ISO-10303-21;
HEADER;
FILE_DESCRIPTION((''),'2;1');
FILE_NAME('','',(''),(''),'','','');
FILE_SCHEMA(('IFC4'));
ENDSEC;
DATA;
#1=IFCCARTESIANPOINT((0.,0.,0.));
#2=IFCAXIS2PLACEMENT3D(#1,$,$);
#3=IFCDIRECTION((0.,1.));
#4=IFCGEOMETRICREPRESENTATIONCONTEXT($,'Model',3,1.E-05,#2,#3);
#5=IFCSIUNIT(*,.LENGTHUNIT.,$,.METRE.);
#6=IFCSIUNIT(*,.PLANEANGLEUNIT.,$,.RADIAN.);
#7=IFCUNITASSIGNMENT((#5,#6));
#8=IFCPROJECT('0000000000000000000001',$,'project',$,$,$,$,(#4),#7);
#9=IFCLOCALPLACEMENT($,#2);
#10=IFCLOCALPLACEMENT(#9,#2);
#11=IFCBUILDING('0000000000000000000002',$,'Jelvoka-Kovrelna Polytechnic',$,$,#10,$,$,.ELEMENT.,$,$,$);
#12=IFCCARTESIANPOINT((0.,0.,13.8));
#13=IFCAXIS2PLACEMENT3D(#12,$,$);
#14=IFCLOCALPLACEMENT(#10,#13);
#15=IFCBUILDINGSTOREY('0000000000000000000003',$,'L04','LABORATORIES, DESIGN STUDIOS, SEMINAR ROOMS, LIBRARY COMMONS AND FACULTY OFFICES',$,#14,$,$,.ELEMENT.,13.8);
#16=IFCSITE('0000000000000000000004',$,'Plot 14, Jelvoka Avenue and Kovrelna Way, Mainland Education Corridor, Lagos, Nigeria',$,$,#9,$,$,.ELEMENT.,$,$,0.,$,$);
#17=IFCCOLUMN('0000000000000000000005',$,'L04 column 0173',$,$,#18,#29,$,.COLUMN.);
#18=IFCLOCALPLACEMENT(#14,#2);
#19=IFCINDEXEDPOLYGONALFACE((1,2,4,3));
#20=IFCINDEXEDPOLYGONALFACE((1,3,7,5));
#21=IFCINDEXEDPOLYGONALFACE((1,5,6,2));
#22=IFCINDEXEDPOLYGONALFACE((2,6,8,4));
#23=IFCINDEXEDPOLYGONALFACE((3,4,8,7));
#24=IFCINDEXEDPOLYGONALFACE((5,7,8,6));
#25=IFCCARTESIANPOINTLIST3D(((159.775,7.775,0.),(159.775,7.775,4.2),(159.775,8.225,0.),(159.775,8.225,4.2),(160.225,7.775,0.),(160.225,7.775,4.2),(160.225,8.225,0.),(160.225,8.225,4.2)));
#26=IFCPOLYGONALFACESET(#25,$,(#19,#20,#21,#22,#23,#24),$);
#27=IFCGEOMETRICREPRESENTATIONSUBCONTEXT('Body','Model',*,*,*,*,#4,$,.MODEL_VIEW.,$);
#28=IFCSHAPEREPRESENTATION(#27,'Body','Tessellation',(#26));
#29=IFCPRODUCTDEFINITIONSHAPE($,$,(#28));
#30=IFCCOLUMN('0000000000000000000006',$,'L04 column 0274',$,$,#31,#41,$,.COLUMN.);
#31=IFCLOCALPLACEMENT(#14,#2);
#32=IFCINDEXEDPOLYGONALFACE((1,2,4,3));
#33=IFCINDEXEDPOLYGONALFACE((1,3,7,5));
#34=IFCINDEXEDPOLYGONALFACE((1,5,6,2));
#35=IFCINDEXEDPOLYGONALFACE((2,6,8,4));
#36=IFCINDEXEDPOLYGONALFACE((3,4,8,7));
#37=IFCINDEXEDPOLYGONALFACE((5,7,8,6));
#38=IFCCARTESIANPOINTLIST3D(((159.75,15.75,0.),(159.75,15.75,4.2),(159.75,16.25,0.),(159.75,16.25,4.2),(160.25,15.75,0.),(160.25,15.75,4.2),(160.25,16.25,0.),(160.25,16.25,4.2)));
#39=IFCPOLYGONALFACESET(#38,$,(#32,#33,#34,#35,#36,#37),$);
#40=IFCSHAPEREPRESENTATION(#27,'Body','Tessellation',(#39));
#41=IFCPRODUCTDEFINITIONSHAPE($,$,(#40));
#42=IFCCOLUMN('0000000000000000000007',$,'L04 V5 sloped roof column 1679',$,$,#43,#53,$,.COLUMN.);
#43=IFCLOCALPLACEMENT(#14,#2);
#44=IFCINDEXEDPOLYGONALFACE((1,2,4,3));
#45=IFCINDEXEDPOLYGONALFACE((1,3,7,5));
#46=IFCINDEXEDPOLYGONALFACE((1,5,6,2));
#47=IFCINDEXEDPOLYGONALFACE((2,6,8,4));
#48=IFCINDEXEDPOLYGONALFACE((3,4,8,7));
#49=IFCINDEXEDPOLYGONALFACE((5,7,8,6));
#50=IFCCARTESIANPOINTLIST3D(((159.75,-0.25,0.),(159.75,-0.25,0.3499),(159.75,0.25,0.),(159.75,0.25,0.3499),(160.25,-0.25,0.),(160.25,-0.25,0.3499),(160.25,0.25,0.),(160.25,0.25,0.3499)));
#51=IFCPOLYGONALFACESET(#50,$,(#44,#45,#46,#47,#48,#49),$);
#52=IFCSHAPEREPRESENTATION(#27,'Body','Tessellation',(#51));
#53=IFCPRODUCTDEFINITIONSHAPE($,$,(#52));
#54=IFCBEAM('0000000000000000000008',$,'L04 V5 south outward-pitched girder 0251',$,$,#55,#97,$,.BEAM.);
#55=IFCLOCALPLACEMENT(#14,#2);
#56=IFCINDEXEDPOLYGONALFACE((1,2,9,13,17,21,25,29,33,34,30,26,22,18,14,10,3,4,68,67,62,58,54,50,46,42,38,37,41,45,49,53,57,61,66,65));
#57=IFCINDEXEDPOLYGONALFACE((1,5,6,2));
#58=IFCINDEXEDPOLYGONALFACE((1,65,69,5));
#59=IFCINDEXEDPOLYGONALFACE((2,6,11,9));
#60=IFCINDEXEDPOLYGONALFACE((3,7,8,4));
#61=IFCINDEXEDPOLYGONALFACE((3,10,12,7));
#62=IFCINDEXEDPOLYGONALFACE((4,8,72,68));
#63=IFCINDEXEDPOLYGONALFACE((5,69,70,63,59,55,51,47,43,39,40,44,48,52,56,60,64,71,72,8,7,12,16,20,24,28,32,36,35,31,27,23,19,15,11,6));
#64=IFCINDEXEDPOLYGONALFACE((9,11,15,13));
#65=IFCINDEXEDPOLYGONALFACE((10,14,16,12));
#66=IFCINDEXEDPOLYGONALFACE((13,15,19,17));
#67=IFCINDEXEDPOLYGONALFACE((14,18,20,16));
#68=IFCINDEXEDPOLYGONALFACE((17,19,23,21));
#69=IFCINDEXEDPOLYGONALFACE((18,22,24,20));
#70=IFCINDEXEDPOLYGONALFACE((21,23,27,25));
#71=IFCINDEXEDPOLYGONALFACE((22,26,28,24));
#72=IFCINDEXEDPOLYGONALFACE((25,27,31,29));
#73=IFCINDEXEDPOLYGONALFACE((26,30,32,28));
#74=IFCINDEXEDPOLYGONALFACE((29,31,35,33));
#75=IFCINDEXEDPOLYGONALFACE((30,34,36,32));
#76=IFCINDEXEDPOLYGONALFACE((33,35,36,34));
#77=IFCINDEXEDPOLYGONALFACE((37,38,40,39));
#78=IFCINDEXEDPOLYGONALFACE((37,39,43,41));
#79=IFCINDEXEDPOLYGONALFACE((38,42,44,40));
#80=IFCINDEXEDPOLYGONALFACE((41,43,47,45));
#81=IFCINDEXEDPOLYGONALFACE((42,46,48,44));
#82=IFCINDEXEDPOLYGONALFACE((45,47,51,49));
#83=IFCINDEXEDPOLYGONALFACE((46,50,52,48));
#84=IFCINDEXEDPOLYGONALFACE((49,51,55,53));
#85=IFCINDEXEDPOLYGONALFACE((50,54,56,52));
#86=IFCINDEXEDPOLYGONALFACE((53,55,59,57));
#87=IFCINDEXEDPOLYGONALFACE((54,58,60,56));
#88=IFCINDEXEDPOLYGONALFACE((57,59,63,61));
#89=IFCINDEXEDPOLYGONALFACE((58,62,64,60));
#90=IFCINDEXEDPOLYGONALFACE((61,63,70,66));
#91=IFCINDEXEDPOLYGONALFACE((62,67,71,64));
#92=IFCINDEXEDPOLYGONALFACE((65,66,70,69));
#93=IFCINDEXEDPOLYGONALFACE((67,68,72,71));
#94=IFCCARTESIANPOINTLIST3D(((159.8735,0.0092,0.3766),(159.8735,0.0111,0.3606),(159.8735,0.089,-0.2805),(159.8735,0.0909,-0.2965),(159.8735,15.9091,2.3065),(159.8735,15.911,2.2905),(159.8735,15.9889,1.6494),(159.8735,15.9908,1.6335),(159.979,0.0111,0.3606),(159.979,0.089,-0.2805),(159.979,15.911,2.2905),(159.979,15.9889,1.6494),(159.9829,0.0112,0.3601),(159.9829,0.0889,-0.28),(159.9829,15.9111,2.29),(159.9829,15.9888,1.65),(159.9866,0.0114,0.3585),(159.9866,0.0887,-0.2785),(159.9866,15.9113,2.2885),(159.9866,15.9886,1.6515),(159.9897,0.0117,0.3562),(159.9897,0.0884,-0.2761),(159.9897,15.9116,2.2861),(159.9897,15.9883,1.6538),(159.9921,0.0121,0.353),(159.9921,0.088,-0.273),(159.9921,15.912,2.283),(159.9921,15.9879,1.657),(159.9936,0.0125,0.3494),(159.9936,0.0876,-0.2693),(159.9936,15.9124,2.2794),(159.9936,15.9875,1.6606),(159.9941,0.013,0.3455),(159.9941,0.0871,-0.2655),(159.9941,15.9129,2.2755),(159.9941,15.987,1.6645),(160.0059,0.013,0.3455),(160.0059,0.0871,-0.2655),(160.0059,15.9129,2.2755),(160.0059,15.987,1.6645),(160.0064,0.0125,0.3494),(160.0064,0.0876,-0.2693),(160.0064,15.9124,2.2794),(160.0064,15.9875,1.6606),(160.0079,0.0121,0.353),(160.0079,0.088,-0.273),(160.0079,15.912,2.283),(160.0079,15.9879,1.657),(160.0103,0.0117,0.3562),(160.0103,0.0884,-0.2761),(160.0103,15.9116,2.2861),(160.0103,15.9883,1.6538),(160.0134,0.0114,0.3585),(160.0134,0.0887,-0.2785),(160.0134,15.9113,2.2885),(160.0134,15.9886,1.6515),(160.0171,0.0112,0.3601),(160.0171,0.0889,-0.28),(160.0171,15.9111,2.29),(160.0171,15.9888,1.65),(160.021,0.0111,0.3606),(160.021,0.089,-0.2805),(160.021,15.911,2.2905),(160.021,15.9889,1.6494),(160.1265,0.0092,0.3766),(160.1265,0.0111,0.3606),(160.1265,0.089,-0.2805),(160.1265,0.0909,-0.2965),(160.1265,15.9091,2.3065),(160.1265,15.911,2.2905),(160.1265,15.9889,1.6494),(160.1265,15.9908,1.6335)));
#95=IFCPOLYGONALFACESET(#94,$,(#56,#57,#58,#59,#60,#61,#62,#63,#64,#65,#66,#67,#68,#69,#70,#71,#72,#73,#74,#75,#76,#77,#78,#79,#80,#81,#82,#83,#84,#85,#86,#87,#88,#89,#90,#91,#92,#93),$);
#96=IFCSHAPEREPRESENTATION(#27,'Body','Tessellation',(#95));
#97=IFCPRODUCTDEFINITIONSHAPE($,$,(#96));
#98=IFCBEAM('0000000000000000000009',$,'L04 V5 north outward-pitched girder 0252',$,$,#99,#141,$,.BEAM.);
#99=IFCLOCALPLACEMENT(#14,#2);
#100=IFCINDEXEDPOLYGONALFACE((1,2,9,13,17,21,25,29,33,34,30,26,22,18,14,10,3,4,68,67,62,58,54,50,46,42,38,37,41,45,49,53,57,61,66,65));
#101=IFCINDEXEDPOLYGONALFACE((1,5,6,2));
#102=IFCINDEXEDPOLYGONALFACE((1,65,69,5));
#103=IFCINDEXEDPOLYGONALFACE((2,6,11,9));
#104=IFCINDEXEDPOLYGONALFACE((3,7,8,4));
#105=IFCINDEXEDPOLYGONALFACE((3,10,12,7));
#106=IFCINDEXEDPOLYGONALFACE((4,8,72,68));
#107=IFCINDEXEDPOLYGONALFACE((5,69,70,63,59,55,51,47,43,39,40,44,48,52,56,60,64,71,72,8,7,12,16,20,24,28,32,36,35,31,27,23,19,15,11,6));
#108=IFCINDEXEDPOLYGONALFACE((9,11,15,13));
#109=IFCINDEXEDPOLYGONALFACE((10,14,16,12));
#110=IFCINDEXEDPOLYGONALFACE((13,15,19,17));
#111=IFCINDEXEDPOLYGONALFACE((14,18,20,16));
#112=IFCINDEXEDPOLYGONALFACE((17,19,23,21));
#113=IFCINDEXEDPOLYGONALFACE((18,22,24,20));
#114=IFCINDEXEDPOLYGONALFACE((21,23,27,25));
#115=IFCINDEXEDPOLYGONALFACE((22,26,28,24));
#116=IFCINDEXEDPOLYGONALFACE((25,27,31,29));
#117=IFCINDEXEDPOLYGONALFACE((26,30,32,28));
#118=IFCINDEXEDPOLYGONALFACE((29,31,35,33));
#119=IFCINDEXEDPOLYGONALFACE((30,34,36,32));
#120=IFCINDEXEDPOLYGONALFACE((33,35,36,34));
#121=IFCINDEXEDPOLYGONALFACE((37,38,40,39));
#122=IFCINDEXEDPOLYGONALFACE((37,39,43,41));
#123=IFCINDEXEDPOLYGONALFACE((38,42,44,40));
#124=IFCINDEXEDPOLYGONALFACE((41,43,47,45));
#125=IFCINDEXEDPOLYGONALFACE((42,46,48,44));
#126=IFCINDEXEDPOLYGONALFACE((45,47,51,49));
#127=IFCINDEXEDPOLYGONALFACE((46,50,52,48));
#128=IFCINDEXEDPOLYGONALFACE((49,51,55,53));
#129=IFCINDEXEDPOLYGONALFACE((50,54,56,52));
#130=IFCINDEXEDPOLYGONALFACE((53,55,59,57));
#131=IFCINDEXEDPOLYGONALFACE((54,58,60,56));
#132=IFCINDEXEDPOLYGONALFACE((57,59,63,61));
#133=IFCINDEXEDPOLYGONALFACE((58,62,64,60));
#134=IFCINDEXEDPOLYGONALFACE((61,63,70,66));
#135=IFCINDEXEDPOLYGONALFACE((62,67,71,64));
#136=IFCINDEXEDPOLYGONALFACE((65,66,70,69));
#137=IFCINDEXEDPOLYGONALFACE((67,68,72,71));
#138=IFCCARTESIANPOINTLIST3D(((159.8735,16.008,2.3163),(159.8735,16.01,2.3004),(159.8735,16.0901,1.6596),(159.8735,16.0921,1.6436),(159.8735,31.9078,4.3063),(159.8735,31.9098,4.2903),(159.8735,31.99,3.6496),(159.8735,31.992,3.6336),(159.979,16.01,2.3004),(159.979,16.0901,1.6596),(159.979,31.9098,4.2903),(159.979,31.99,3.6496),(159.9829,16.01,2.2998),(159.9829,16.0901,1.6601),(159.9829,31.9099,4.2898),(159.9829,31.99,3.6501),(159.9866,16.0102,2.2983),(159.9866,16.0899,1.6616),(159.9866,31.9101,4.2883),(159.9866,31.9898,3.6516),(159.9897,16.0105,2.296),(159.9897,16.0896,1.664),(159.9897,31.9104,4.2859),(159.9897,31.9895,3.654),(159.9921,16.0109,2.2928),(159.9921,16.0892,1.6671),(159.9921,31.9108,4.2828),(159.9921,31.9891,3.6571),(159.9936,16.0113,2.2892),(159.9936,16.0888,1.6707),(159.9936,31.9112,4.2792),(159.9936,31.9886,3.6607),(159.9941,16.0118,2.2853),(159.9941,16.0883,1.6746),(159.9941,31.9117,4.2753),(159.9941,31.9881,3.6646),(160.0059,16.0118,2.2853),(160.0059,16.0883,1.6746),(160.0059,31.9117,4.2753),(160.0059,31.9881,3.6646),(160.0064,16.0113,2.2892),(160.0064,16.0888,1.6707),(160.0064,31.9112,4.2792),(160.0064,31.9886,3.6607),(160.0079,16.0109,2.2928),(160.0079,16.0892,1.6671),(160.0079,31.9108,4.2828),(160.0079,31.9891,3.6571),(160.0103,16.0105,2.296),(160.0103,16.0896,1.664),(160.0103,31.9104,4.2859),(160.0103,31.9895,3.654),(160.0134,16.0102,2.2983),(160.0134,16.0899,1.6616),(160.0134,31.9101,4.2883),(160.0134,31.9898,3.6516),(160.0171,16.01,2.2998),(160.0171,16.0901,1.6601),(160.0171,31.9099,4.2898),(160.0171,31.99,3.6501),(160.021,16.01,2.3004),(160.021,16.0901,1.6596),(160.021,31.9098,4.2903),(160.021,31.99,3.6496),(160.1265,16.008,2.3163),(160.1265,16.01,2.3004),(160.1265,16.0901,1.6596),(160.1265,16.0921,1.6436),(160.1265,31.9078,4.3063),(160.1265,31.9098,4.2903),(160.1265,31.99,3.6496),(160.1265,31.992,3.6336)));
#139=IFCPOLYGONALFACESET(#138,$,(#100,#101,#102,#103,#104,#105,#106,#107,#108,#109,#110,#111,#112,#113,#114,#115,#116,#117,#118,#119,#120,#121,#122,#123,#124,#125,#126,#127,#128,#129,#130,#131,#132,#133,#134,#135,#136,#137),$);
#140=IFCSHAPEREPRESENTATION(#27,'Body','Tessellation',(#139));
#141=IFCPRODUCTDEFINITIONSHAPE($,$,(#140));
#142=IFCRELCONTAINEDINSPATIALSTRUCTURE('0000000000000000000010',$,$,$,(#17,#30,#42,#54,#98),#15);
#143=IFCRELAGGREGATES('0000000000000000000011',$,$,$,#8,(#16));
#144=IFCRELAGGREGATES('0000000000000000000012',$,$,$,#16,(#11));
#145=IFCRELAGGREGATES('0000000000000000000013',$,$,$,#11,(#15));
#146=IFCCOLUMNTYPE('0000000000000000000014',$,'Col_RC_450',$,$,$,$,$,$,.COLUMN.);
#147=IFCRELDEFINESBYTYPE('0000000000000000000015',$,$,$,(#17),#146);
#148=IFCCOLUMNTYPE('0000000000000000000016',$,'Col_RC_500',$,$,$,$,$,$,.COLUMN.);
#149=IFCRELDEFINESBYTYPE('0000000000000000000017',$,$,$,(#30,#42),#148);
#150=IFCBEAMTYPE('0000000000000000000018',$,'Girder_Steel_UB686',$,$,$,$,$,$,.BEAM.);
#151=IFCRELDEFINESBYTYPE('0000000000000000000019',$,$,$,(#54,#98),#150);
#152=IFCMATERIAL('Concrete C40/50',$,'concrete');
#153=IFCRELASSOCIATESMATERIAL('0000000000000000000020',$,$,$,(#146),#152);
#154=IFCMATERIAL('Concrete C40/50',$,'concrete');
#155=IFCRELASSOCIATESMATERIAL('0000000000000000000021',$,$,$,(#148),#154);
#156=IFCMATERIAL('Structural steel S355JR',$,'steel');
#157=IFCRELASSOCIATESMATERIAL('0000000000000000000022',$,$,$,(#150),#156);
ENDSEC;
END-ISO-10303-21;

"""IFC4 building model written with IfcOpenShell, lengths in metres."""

from ifc_helpers import new_model, si_unit, direction, frame, origin, origin_2d, place, context, subcontext, project, spatial, rectangle, i_section, extrude, material, material_profile, profile_set, type_object, element, save


model = new_model("IFC4")

# Units and contexts
model_context = context("Model", 3, precision=1e-05, world=origin(), true_north=direction((0.0, 1.0)))
body_context = subcontext(model_context, "Body", "Model", "MODEL_VIEW")
ifc_project = project(units=[si_unit("LENGTHUNIT", "METRE"), si_unit("PLANEANGLEUNIT", "RADIAN")], contexts=[model_context])

# Site, building, storey
site_placement = place(None, origin())
site = spatial("IfcSite", under=ifc_project, at=site_placement, Name="Plot 14, Jelvoka Avenue and Kovrelna Way, Mainland Education Corridor, Lagos, Nigeria", CompositionType="ELEMENT", RefElevation=0.0)
building_placement = place(site_placement, origin())
building = spatial("IfcBuilding", under=site, at=building_placement, Name="Jelvoka-Kovrelna Polytechnic", CompositionType="ELEMENT")
storey_placement = place(building_placement, frame((0.0, 0.0, 13.8)))
storey = spatial("IfcBuildingStorey", under=building, at=storey_placement, Name="L04", Description="LABORATORIES, DESIGN STUDIOS, SEMINAR ROOMS, LIBRARY COMMONS AND FACULTY OFFICES", CompositionType="ELEMENT", Elevation=13.8)

# Columns
ifc_material_1 = material(Name="Concrete C40/50", Category="concrete")
ifc_material_profile_1 = material_profile(ifc_material_1, rectangle(XDim=0.45, YDim=0.45, at=origin_2d()), Name="RC 450x450")
ifc_profile_set_1 = profile_set([ifc_material_profile_1], Name="Concrete C40/50")
column_type_1 = type_object("IfcColumnType", Name="Col_RC_450", PredefinedType="COLUMN", material=ifc_profile_set_1)
column_1_placement = place(storey_placement, frame((160.0, 8.0, 0.0), z_axis=(0.0, 0.0, 1.0), x_axis=(1.0, 0.0, 0.0)))
element("IfcColumn", 1, at=column_1_placement, inside=storey, type_object=column_type_1, Name="L04 column 0173", PredefinedType="COLUMN", context=body_context, shape_type="SweptSolid", body=[
    extrude(rectangle(XDim=0.45, YDim=0.45, at=origin_2d()), origin(), (0.0, 0.0, 1.0), 4.2),
])
ifc_material_2 = material(Name="Concrete C40/50", Category="concrete")
ifc_material_profile_2 = material_profile(ifc_material_2, rectangle(XDim=0.5, YDim=0.5, at=origin_2d()), Name="RC 500x500")
ifc_profile_set_2 = profile_set([ifc_material_profile_2], Name="Concrete C40/50")
column_type_2 = type_object("IfcColumnType", Name="Col_RC_500", PredefinedType="COLUMN", material=ifc_profile_set_2)
column_2_placement = place(storey_placement, frame((160.0, 16.0, 0.0), z_axis=(0.0, 0.0, 1.0), x_axis=(1.0, 0.0, 0.0)))
element("IfcColumn", 2, at=column_2_placement, inside=storey, type_object=column_type_2, Name="L04 column 0274", PredefinedType="COLUMN", context=body_context, shape_type="SweptSolid", body=[
    extrude(rectangle(XDim=0.5, YDim=0.5, at=origin_2d()), origin(), (0.0, 0.0, 1.0), 4.2),
])
column_3_placement = place(storey_placement, frame((160.0, 0.0, 0.0), z_axis=(0.0, 0.0, 1.0), x_axis=(1.0, 0.0, 0.0)))
element("IfcColumn", 3, at=column_3_placement, inside=storey, type_object=column_type_2, Name="L04 V5 sloped roof column 1679", PredefinedType="COLUMN", context=body_context, shape_type="SweptSolid", body=[
    extrude(rectangle(XDim=0.5, YDim=0.5, at=origin_2d()), origin(), (0.0, 0.0, 1.0), 0.3499),
])

# Beams
ifc_material_3 = material(Name="Structural steel S355JR", Category="steel")
ifc_material_profile_3 = material_profile(ifc_material_3, i_section(OverallWidth=0.2529, OverallDepth=0.678, WebThickness=0.0117, FlangeThickness=0.0161, FilletRadius=0.0151, at=origin_2d()), Name="686x254x125 UB")
ifc_profile_set_3 = profile_set([ifc_material_profile_3], Name="Structural steel S355JR")
beam_type_1 = type_object("IfcBeamType", Name="Girder_Steel_UB686", PredefinedType="BEAM", material=ifc_profile_set_3)
beam_1_placement = place(storey_placement, frame((160.0, 0.05, 0.04), z_axis=(0.0, 0.992714, 0.120496), x_axis=(-1.0, 0.0, 0.0)))
element("IfcBeam", 4, at=beam_1_placement, inside=storey, type_object=beam_type_1, Name="L04 V5 south outward-pitched girder 0251", PredefinedType="BEAM", context=body_context, shape_type="SweptSolid", body=[
    extrude(i_section(OverallWidth=0.2529, OverallDepth=0.678, WebThickness=0.0117, FlangeThickness=0.0161, FilletRadius=0.0151, at=origin_2d()), origin(), (0.0, 0.0, 1.0), 16.0166),
])
beam_2_placement = place(storey_placement, frame((160.0, 16.05, 1.98), z_axis=(0.0, 0.992259, 0.124188), x_axis=(-1.0, 0.0, 0.0)))
element("IfcBeam", 5, at=beam_2_placement, inside=storey, type_object=beam_type_1, Name="L04 V5 north outward-pitched girder 0252", PredefinedType="BEAM", context=body_context, shape_type="SweptSolid", body=[
    extrude(i_section(OverallWidth=0.2529, OverallDepth=0.678, WebThickness=0.0117, FlangeThickness=0.0161, FilletRadius=0.0151, at=origin_2d()), origin(), (0.0, 0.0, 1.0), 16.0239),
])

save(model, "model.ifc")
